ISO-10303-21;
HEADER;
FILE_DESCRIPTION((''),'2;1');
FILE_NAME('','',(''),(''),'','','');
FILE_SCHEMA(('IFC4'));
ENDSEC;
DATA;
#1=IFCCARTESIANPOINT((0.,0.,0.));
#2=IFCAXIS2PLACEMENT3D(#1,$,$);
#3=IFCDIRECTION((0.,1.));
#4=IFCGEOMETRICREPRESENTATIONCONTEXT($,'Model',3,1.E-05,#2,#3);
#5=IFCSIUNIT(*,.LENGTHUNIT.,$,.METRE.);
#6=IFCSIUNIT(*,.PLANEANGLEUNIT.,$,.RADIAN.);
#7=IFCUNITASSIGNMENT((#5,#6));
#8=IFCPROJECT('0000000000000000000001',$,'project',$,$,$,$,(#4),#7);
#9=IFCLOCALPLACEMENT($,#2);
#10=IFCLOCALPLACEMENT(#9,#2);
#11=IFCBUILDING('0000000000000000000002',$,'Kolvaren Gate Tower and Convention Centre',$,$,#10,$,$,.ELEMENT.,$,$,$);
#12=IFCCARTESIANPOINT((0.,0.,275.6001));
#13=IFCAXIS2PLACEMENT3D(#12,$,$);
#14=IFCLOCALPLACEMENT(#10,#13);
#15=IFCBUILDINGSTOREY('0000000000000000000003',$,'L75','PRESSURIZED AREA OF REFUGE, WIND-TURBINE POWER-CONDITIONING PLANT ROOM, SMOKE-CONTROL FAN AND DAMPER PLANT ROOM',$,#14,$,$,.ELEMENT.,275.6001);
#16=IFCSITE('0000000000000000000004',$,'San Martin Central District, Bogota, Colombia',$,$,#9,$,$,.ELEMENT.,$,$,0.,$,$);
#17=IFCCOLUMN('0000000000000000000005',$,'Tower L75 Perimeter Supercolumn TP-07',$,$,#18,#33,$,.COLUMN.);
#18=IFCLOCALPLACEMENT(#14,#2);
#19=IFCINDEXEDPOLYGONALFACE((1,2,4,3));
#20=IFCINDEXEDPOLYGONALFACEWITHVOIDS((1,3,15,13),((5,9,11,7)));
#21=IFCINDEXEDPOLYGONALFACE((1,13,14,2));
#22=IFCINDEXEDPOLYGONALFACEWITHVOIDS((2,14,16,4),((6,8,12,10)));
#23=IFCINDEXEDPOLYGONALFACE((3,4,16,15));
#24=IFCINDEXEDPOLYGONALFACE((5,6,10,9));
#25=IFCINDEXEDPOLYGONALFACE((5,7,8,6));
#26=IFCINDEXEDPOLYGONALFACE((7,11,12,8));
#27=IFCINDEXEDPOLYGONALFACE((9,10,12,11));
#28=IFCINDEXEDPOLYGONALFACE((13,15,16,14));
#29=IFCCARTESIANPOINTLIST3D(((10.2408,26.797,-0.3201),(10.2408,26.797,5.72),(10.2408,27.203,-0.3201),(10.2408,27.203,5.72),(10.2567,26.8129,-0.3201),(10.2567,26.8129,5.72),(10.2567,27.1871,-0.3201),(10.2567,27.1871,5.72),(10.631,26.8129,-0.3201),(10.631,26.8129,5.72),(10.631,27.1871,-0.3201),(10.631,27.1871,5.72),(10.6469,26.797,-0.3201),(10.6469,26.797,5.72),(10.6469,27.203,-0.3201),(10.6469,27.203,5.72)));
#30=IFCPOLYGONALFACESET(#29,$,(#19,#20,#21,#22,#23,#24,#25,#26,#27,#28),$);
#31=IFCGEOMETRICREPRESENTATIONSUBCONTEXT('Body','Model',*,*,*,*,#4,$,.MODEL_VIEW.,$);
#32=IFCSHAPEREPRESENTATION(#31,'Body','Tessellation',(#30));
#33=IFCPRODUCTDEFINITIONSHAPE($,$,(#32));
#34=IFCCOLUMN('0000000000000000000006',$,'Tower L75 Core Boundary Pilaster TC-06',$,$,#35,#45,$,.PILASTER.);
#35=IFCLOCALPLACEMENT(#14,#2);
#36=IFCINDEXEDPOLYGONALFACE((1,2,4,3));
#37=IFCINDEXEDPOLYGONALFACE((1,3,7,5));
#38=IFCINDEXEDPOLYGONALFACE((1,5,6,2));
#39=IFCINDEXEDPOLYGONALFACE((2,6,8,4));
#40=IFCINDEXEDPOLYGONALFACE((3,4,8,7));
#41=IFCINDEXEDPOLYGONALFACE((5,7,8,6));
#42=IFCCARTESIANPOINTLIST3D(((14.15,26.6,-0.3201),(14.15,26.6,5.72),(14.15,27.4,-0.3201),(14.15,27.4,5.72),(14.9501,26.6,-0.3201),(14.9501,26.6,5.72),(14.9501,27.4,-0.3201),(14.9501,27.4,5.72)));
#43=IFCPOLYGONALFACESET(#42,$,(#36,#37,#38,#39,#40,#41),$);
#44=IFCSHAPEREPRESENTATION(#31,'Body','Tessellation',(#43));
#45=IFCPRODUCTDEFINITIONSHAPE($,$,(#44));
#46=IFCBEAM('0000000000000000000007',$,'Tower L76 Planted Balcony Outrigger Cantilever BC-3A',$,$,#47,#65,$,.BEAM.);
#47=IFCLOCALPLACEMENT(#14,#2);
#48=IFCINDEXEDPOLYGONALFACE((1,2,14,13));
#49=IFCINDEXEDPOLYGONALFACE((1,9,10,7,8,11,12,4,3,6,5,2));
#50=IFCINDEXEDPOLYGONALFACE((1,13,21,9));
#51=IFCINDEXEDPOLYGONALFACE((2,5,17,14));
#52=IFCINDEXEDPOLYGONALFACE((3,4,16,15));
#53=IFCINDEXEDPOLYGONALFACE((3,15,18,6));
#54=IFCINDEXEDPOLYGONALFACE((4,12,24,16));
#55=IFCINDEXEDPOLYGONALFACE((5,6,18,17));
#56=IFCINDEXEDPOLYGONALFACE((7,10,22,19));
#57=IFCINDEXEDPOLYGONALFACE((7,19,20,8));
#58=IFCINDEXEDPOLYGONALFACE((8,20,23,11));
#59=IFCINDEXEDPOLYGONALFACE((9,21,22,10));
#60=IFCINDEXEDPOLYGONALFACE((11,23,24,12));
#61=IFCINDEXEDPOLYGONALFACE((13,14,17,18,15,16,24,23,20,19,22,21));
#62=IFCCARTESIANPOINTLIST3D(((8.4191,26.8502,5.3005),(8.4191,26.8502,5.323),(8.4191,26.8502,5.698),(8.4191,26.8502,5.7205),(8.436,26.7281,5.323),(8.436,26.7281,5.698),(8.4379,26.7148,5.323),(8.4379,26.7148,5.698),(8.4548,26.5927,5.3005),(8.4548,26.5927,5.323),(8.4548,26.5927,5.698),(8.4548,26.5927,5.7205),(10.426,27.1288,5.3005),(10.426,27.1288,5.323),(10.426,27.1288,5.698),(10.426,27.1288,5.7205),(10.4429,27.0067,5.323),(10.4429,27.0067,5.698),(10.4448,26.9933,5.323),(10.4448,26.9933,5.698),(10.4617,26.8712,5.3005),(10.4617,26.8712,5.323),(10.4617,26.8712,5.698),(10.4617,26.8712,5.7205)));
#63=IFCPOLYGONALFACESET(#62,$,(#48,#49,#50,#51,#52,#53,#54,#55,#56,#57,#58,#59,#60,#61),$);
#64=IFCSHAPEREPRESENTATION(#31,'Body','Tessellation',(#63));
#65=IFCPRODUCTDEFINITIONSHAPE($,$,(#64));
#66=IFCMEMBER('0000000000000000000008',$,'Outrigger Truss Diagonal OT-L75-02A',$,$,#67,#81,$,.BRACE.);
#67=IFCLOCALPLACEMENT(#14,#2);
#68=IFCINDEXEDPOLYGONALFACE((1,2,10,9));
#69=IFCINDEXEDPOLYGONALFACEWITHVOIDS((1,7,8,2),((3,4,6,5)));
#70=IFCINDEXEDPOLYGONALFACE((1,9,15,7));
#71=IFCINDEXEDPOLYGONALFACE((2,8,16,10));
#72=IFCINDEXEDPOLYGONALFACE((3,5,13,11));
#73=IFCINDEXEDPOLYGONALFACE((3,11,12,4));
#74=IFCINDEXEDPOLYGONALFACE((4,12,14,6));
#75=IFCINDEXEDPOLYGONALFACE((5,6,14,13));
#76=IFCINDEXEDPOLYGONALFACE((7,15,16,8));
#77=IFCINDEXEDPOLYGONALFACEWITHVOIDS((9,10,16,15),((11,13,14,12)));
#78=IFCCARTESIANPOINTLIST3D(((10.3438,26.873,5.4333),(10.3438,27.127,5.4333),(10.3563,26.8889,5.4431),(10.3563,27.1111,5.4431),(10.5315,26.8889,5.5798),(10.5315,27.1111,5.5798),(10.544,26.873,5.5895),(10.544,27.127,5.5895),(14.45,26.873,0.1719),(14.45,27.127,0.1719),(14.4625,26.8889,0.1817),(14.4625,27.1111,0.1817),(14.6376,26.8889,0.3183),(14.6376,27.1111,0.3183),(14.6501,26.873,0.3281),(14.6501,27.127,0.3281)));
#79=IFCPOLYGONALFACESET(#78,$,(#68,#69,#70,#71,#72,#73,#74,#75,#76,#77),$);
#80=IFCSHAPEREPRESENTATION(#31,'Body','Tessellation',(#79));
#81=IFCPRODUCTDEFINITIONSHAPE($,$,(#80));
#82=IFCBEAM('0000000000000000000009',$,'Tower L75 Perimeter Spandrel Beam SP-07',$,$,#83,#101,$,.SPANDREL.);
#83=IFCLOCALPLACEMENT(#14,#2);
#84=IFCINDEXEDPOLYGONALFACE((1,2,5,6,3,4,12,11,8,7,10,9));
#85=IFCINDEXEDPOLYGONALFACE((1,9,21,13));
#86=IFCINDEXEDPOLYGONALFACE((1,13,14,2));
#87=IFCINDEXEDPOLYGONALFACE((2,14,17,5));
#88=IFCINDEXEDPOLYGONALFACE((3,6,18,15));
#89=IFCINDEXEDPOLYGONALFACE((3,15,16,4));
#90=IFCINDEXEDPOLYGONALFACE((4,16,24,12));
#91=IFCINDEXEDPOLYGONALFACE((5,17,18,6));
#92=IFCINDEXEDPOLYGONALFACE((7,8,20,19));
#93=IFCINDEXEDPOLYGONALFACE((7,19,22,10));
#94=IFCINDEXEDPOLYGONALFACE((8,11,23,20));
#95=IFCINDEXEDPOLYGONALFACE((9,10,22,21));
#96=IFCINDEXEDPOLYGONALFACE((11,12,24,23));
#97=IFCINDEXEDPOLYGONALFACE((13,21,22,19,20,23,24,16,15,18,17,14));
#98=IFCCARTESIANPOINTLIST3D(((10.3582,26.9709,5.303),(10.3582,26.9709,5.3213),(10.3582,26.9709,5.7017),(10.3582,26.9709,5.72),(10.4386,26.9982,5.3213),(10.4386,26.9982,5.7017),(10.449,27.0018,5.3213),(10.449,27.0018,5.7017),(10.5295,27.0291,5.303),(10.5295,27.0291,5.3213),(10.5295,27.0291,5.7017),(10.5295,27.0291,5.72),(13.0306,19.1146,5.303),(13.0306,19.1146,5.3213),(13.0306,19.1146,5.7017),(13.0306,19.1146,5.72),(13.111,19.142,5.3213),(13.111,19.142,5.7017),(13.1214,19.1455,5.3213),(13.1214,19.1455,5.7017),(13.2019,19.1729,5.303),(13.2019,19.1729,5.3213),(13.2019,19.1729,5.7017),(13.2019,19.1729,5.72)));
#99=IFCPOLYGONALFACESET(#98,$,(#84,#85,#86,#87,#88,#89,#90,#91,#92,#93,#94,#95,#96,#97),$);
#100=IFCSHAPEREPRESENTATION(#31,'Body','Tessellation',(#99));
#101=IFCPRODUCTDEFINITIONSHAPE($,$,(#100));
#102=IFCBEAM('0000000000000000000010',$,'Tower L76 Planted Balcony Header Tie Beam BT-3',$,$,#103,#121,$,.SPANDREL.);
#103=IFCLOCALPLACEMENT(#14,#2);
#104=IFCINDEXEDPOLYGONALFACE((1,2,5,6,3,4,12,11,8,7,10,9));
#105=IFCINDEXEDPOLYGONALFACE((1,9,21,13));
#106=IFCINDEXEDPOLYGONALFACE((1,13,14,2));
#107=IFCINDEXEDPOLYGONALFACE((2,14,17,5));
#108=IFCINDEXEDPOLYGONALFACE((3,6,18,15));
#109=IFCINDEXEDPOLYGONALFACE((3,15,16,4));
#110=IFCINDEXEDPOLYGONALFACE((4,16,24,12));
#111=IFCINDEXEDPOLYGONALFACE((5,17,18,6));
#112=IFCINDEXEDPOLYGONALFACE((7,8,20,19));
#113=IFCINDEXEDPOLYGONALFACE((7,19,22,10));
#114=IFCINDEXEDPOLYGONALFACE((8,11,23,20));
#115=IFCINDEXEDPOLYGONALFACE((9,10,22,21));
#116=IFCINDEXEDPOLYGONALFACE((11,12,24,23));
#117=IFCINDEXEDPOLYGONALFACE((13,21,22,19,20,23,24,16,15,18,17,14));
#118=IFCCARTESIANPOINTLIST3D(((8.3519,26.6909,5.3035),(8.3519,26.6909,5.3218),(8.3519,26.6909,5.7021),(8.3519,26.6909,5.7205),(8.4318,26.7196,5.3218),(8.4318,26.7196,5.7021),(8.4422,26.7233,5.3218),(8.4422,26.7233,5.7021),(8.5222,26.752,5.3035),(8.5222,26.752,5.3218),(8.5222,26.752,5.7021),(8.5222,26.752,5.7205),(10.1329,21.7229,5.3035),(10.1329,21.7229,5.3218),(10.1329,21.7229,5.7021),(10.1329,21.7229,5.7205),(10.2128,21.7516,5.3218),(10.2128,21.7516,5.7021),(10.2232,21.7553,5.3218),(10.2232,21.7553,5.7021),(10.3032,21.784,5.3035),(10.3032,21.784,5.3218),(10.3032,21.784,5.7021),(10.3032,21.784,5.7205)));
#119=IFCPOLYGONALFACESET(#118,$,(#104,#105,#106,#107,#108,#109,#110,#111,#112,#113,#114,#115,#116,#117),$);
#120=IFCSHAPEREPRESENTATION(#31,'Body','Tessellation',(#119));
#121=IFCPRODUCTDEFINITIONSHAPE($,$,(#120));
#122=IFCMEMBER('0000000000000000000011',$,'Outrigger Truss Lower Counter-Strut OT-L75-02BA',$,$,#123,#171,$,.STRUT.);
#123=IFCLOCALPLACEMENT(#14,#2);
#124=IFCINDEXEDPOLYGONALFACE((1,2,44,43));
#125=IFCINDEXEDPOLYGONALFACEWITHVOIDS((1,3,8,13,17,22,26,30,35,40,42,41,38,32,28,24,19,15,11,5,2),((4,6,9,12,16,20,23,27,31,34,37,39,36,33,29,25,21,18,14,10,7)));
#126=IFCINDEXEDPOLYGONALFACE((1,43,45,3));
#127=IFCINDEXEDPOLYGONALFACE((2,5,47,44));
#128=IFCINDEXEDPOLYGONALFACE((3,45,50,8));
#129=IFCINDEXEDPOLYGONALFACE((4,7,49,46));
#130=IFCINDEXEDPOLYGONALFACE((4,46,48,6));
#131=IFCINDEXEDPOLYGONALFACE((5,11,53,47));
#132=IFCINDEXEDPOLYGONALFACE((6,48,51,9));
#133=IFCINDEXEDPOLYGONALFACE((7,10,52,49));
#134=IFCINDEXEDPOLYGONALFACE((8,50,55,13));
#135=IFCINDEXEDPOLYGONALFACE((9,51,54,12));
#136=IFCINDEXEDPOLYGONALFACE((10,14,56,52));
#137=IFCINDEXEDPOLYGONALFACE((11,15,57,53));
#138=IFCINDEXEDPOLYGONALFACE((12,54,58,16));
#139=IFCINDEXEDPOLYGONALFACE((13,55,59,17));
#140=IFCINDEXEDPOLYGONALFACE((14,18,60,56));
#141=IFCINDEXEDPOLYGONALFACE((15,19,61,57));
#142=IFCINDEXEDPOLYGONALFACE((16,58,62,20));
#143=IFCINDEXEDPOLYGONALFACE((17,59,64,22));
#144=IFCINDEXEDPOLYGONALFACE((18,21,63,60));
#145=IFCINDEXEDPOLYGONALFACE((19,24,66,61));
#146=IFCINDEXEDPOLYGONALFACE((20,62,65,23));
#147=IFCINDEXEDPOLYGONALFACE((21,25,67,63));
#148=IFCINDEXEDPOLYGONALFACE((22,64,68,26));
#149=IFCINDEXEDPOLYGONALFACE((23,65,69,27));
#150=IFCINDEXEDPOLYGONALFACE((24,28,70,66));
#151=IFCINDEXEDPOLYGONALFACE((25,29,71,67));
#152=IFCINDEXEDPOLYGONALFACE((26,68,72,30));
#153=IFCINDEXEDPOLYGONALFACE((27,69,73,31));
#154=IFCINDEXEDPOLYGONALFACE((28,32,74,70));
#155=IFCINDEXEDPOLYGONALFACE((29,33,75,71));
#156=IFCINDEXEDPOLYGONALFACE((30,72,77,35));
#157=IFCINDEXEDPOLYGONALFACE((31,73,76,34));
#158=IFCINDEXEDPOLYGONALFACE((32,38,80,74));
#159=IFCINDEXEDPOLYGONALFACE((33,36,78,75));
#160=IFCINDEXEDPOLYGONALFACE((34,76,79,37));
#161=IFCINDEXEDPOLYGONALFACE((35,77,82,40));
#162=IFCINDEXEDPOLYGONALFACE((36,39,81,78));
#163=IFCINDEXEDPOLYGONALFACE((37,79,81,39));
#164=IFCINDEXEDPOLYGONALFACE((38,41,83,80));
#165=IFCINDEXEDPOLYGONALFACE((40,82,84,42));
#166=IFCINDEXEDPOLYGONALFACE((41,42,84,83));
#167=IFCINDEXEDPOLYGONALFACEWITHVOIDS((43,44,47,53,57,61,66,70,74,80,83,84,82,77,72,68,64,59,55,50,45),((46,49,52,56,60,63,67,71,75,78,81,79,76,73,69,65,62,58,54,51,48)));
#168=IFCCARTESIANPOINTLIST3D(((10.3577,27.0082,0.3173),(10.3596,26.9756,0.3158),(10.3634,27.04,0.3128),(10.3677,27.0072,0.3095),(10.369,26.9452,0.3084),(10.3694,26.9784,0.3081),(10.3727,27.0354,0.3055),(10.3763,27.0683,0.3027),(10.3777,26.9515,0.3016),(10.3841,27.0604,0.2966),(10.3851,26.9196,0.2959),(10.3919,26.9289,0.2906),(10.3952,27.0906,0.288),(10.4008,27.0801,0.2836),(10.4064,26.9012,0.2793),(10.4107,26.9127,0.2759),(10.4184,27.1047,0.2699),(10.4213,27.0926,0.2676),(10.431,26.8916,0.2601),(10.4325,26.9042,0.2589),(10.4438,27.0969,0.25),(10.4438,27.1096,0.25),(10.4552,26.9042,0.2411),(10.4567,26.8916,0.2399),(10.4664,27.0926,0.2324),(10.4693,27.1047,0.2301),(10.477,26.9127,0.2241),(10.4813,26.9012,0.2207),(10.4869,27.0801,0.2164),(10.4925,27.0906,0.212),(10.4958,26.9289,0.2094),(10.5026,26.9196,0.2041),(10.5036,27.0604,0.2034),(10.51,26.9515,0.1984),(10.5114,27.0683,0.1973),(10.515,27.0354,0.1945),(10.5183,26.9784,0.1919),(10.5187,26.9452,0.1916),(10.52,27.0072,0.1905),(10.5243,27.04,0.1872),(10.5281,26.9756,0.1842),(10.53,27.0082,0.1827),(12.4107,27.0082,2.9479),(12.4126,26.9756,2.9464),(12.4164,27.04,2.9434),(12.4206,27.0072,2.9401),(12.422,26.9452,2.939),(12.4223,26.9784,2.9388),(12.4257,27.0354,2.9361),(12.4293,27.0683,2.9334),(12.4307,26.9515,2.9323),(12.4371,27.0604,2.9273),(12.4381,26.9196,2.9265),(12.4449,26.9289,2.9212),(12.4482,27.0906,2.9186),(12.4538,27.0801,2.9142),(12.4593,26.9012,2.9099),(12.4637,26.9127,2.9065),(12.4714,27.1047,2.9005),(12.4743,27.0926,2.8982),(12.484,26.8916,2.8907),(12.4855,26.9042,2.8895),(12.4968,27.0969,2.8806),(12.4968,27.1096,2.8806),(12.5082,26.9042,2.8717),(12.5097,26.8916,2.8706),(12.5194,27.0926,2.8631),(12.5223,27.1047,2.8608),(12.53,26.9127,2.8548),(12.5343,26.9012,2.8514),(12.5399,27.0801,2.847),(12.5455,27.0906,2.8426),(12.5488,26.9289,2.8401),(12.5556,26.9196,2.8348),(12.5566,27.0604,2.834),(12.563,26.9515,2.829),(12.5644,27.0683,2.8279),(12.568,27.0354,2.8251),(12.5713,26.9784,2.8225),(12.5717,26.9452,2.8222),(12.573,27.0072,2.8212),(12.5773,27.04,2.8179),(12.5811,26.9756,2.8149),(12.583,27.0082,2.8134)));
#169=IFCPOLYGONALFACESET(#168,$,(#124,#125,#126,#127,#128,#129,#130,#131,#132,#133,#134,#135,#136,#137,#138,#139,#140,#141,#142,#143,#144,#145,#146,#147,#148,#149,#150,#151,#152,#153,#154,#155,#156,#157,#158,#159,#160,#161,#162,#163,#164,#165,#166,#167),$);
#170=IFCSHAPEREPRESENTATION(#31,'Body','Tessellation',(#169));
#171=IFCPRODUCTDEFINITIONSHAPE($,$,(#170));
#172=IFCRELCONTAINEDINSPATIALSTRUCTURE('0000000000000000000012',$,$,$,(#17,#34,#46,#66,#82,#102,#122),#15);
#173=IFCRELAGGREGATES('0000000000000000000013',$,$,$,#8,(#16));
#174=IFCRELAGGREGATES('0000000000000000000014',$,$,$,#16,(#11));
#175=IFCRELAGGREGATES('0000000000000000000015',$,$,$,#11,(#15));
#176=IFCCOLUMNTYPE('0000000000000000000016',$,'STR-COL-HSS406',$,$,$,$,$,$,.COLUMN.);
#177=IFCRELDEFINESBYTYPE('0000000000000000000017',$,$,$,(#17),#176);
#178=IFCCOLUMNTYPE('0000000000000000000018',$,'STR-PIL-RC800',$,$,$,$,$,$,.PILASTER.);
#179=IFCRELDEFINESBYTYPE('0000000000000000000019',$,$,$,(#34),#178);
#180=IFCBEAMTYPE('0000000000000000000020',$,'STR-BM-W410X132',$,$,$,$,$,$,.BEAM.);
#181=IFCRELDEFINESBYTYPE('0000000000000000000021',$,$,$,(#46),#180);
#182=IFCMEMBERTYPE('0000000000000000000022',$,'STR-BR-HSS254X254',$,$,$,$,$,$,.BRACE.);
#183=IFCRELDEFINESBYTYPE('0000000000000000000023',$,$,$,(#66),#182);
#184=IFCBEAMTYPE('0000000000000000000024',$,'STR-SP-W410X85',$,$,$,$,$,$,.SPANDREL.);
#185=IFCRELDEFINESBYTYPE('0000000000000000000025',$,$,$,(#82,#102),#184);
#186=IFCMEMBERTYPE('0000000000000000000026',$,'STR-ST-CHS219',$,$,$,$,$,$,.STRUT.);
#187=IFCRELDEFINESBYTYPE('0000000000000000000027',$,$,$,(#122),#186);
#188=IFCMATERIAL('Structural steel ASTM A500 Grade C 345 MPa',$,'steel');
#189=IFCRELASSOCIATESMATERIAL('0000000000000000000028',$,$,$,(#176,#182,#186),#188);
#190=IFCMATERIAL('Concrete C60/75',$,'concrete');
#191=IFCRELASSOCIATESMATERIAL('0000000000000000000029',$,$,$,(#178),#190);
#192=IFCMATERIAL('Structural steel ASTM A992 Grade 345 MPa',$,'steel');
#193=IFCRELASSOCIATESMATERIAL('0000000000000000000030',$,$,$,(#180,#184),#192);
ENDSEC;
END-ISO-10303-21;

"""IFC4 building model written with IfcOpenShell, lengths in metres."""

from ifc_helpers import new_model, si_unit, direction, frame, origin, origin_2d, place, context, subcontext, project, spatial, rectangle, hollow_rectangle, hollow_circle, i_section, extrude, material, material_profile, profile_set, type_object, element, save


model = new_model("IFC4")

# Units and contexts
model_context = context("Model", 3, precision=1e-05, world=origin(), true_north=direction((0.0, 1.0)))
body_context = subcontext(model_context, "Body", "Model", "MODEL_VIEW")
ifc_project = project(units=[si_unit("LENGTHUNIT", "METRE"), si_unit("PLANEANGLEUNIT", "RADIAN")], contexts=[model_context])

# Site, building, storey
site_placement = place(None, origin())
site = spatial("IfcSite", under=ifc_project, at=site_placement, Name="San Martin Central District, Bogota, Colombia", CompositionType="ELEMENT", RefElevation=0.0)
building_placement = place(site_placement, origin())
building = spatial("IfcBuilding", under=site, at=building_placement, Name="Kolvaren Gate Tower and Convention Centre", CompositionType="ELEMENT")
storey_placement = place(building_placement, frame((0.0, 0.0, 275.6001)))
storey = spatial("IfcBuildingStorey", under=building, at=storey_placement, Name="L75", Description="PRESSURIZED AREA OF REFUGE, WIND-TURBINE POWER-CONDITIONING PLANT ROOM, SMOKE-CONTROL FAN AND DAMPER PLANT ROOM", CompositionType="ELEMENT", Elevation=275.6001)

# Columns
ifc_material_1 = material(Name="Structural steel ASTM A500 Grade C 345 MPa", Category="steel")
ifc_material_profile_1 = material_profile(ifc_material_1, hollow_rectangle(XDim=0.406, YDim=0.406, WallThickness=0.0159, at=origin_2d()), Name="HSS406X406X15.9")
ifc_profile_set_1 = profile_set([ifc_material_profile_1], Name="Structural steel ASTM A500 Grade C 345 MPa")
column_type_1 = type_object("IfcColumnType", Name="STR-COL-HSS406", PredefinedType="COLUMN", material=ifc_profile_set_1)
column_1_placement = place(storey_placement, frame((10.4438, 27.0, -0.3201), z_axis=(0.0, 0.0, 1.0), x_axis=(1.0, 0.0, 0.0)))
element("IfcColumn", 1, at=column_1_placement, inside=storey, type_object=column_type_1, Name="Tower L75 Perimeter Supercolumn TP-07", PredefinedType="COLUMN", context=body_context, shape_type="SweptSolid", body=[
    extrude(hollow_rectangle(XDim=0.406, YDim=0.406, WallThickness=0.0159, at=origin_2d()), origin(), (0.0, 0.0, 1.0), 6.04),
])
ifc_material_2 = material(Name="Concrete C60/75", Category="concrete")
ifc_material_profile_2 = material_profile(ifc_material_2, rectangle(XDim=0.8, YDim=0.8, at=origin_2d()), Name="RC-COL-800X800")
ifc_profile_set_2 = profile_set([ifc_material_profile_2], Name="Concrete C60/75")
column_type_2 = type_object("IfcColumnType", Name="STR-PIL-RC800", PredefinedType="PILASTER", material=ifc_profile_set_2)
column_2_placement = place(storey_placement, frame((14.55, 27.0, -0.3201), z_axis=(0.0, 0.0, 1.0), x_axis=(1.0, 0.0, 0.0)))
element("IfcColumn", 2, at=column_2_placement, inside=storey, type_object=column_type_2, Name="Tower L75 Core Boundary Pilaster TC-06", PredefinedType="PILASTER", context=body_context, shape_type="SweptSolid", body=[
    extrude(rectangle(XDim=0.8, YDim=0.8, at=origin_2d()), origin(), (0.0, 0.0, 1.0), 6.04),
])

# Beam
ifc_material_3 = material(Name="Structural steel ASTM A992 Grade 345 MPa", Category="steel")
ifc_material_profile_3 = material_profile(ifc_material_3, i_section(OverallWidth=0.26, OverallDepth=0.4199, WebThickness=0.0134, FlangeThickness=0.0225, at=origin_2d()), Name="W410X132")
ifc_profile_set_3 = profile_set([ifc_material_profile_3], Name="Structural steel ASTM A992 Grade 345 MPa")
beam_type_1 = type_object("IfcBeamType", Name="STR-BM-W410X132", PredefinedType="BEAM", material=ifc_profile_set_3)
beam_1_placement = place(storey_placement, frame((10.4438, 27.0, 5.5105), z_axis=(-0.990503, -0.13749, 0.0), x_axis=(0.13749, -0.990503, 0.0)))
element("IfcBeam", 3, at=beam_1_placement, inside=storey, type_object=beam_type_1, Name="Tower L76 Planted Balcony Outrigger Cantilever BC-3A", PredefinedType="BEAM", context=body_context, shape_type="SweptSolid", body=[
    extrude(i_section(OverallWidth=0.26, OverallDepth=0.4199, WebThickness=0.0134, FlangeThickness=0.0225, at=origin_2d()), origin(), (0.0, 0.0, 1.0), 2.0261),
])

# Member
ifc_material_profile_4 = material_profile(ifc_material_1, hollow_rectangle(XDim=0.2539, YDim=0.2539, WallThickness=0.0159, at=origin_2d()), Name="HSS254X254X15.9")
ifc_profile_set_4 = profile_set([ifc_material_profile_4], Name="Structural steel ASTM A500 Grade C 345 MPa")
member_type_1 = type_object("IfcMemberType", Name="STR-BR-HSS254X254", PredefinedType="BRACE", material=ifc_profile_set_4)
member_1_placement = place(storey_placement, frame((14.55, 27.0, 0.25), z_axis=(-0.615241, 0.0, 0.788339), x_axis=(0.0, -1.0, 0.0)))
element("IfcMember", 4, at=member_1_placement, inside=storey, type_object=member_type_1, Name="Outrigger Truss Diagonal OT-L75-02A", PredefinedType="BRACE", context=body_context, shape_type="SweptSolid", body=[
    extrude(hollow_rectangle(XDim=0.2539, YDim=0.2539, WallThickness=0.0159, at=origin_2d()), origin(), (0.0, 0.0, 1.0), 6.6741),
])

# Beams
ifc_material_profile_5 = material_profile(ifc_material_3, i_section(OverallWidth=0.1809, OverallDepth=0.417, WebThickness=0.011, FlangeThickness=0.0183, at=origin_2d()), Name="W410X85")
ifc_profile_set_5 = profile_set([ifc_material_profile_5], Name="Structural steel ASTM A992 Grade 345 MPa")
beam_type_2 = type_object("IfcBeamType", Name="STR-SP-W410X85", PredefinedType="SPANDREL", material=ifc_profile_set_5)
beam_2_placement = place(storey_placement, frame((10.4438, 27.0, 5.5115), z_axis=(0.322038, -0.946727, 0.0), x_axis=(0.946727, 0.322038, 0.0)))
element("IfcBeam", 5, at=beam_2_placement, inside=storey, type_object=beam_type_2, Name="Tower L75 Perimeter Spandrel Beam SP-07", PredefinedType="SPANDREL", context=body_context, shape_type="SweptSolid", body=[
    extrude(i_section(OverallWidth=0.1809, OverallDepth=0.417, WebThickness=0.011, FlangeThickness=0.0183, at=origin_2d()), origin(), (0.0, 0.0, 1.0), 8.2983),
])
beam_3_placement = place(storey_placement, frame((8.437, 26.7214, 5.512), z_axis=(0.337464, -0.941338, 0.0), x_axis=(0.941338, 0.337464, 0.0)))
element("IfcBeam", 6, at=beam_3_placement, inside=storey, type_object=beam_type_2, Name="Tower L76 Planted Balcony Header Tie Beam BT-3", PredefinedType="SPANDREL", context=body_context, shape_type="SweptSolid", body=[
    extrude(i_section(OverallWidth=0.1809, OverallDepth=0.417, WebThickness=0.011, FlangeThickness=0.0183, at=origin_2d()), origin(), (0.0, 0.0, 1.0), 5.2776),
])

# Member
ifc_material_profile_6 = material_profile(ifc_material_1, hollow_circle(Radius=0.1096, WallThickness=0.0127, at=origin_2d()), Name="CHS219X12.7")
ifc_profile_set_6 = profile_set([ifc_material_profile_6], Name="Structural steel ASTM A500 Grade C 345 MPa")
member_type_2 = type_object("IfcMemberType", Name="STR-ST-CHS219", PredefinedType="STRUT", material=ifc_profile_set_6)
member_2_placement = place(storey_placement, frame((10.4438, 27.0, 0.25), z_axis=(0.615236, 0.0, 0.788343), x_axis=(0.0, 1.0, 0.0)))
element("IfcMember", 7, at=member_2_placement, inside=storey, type_object=member_type_2, Name="Outrigger Truss Lower Counter-Strut OT-L75-02BA", PredefinedType="STRUT", context=body_context, shape_type="SweptSolid", body=[
    extrude(hollow_circle(Radius=0.1096, WallThickness=0.0127, at=origin_2d()), origin(), (0.0, 0.0, 1.0), 3.3369),
])

save(model, "model.ifc")
